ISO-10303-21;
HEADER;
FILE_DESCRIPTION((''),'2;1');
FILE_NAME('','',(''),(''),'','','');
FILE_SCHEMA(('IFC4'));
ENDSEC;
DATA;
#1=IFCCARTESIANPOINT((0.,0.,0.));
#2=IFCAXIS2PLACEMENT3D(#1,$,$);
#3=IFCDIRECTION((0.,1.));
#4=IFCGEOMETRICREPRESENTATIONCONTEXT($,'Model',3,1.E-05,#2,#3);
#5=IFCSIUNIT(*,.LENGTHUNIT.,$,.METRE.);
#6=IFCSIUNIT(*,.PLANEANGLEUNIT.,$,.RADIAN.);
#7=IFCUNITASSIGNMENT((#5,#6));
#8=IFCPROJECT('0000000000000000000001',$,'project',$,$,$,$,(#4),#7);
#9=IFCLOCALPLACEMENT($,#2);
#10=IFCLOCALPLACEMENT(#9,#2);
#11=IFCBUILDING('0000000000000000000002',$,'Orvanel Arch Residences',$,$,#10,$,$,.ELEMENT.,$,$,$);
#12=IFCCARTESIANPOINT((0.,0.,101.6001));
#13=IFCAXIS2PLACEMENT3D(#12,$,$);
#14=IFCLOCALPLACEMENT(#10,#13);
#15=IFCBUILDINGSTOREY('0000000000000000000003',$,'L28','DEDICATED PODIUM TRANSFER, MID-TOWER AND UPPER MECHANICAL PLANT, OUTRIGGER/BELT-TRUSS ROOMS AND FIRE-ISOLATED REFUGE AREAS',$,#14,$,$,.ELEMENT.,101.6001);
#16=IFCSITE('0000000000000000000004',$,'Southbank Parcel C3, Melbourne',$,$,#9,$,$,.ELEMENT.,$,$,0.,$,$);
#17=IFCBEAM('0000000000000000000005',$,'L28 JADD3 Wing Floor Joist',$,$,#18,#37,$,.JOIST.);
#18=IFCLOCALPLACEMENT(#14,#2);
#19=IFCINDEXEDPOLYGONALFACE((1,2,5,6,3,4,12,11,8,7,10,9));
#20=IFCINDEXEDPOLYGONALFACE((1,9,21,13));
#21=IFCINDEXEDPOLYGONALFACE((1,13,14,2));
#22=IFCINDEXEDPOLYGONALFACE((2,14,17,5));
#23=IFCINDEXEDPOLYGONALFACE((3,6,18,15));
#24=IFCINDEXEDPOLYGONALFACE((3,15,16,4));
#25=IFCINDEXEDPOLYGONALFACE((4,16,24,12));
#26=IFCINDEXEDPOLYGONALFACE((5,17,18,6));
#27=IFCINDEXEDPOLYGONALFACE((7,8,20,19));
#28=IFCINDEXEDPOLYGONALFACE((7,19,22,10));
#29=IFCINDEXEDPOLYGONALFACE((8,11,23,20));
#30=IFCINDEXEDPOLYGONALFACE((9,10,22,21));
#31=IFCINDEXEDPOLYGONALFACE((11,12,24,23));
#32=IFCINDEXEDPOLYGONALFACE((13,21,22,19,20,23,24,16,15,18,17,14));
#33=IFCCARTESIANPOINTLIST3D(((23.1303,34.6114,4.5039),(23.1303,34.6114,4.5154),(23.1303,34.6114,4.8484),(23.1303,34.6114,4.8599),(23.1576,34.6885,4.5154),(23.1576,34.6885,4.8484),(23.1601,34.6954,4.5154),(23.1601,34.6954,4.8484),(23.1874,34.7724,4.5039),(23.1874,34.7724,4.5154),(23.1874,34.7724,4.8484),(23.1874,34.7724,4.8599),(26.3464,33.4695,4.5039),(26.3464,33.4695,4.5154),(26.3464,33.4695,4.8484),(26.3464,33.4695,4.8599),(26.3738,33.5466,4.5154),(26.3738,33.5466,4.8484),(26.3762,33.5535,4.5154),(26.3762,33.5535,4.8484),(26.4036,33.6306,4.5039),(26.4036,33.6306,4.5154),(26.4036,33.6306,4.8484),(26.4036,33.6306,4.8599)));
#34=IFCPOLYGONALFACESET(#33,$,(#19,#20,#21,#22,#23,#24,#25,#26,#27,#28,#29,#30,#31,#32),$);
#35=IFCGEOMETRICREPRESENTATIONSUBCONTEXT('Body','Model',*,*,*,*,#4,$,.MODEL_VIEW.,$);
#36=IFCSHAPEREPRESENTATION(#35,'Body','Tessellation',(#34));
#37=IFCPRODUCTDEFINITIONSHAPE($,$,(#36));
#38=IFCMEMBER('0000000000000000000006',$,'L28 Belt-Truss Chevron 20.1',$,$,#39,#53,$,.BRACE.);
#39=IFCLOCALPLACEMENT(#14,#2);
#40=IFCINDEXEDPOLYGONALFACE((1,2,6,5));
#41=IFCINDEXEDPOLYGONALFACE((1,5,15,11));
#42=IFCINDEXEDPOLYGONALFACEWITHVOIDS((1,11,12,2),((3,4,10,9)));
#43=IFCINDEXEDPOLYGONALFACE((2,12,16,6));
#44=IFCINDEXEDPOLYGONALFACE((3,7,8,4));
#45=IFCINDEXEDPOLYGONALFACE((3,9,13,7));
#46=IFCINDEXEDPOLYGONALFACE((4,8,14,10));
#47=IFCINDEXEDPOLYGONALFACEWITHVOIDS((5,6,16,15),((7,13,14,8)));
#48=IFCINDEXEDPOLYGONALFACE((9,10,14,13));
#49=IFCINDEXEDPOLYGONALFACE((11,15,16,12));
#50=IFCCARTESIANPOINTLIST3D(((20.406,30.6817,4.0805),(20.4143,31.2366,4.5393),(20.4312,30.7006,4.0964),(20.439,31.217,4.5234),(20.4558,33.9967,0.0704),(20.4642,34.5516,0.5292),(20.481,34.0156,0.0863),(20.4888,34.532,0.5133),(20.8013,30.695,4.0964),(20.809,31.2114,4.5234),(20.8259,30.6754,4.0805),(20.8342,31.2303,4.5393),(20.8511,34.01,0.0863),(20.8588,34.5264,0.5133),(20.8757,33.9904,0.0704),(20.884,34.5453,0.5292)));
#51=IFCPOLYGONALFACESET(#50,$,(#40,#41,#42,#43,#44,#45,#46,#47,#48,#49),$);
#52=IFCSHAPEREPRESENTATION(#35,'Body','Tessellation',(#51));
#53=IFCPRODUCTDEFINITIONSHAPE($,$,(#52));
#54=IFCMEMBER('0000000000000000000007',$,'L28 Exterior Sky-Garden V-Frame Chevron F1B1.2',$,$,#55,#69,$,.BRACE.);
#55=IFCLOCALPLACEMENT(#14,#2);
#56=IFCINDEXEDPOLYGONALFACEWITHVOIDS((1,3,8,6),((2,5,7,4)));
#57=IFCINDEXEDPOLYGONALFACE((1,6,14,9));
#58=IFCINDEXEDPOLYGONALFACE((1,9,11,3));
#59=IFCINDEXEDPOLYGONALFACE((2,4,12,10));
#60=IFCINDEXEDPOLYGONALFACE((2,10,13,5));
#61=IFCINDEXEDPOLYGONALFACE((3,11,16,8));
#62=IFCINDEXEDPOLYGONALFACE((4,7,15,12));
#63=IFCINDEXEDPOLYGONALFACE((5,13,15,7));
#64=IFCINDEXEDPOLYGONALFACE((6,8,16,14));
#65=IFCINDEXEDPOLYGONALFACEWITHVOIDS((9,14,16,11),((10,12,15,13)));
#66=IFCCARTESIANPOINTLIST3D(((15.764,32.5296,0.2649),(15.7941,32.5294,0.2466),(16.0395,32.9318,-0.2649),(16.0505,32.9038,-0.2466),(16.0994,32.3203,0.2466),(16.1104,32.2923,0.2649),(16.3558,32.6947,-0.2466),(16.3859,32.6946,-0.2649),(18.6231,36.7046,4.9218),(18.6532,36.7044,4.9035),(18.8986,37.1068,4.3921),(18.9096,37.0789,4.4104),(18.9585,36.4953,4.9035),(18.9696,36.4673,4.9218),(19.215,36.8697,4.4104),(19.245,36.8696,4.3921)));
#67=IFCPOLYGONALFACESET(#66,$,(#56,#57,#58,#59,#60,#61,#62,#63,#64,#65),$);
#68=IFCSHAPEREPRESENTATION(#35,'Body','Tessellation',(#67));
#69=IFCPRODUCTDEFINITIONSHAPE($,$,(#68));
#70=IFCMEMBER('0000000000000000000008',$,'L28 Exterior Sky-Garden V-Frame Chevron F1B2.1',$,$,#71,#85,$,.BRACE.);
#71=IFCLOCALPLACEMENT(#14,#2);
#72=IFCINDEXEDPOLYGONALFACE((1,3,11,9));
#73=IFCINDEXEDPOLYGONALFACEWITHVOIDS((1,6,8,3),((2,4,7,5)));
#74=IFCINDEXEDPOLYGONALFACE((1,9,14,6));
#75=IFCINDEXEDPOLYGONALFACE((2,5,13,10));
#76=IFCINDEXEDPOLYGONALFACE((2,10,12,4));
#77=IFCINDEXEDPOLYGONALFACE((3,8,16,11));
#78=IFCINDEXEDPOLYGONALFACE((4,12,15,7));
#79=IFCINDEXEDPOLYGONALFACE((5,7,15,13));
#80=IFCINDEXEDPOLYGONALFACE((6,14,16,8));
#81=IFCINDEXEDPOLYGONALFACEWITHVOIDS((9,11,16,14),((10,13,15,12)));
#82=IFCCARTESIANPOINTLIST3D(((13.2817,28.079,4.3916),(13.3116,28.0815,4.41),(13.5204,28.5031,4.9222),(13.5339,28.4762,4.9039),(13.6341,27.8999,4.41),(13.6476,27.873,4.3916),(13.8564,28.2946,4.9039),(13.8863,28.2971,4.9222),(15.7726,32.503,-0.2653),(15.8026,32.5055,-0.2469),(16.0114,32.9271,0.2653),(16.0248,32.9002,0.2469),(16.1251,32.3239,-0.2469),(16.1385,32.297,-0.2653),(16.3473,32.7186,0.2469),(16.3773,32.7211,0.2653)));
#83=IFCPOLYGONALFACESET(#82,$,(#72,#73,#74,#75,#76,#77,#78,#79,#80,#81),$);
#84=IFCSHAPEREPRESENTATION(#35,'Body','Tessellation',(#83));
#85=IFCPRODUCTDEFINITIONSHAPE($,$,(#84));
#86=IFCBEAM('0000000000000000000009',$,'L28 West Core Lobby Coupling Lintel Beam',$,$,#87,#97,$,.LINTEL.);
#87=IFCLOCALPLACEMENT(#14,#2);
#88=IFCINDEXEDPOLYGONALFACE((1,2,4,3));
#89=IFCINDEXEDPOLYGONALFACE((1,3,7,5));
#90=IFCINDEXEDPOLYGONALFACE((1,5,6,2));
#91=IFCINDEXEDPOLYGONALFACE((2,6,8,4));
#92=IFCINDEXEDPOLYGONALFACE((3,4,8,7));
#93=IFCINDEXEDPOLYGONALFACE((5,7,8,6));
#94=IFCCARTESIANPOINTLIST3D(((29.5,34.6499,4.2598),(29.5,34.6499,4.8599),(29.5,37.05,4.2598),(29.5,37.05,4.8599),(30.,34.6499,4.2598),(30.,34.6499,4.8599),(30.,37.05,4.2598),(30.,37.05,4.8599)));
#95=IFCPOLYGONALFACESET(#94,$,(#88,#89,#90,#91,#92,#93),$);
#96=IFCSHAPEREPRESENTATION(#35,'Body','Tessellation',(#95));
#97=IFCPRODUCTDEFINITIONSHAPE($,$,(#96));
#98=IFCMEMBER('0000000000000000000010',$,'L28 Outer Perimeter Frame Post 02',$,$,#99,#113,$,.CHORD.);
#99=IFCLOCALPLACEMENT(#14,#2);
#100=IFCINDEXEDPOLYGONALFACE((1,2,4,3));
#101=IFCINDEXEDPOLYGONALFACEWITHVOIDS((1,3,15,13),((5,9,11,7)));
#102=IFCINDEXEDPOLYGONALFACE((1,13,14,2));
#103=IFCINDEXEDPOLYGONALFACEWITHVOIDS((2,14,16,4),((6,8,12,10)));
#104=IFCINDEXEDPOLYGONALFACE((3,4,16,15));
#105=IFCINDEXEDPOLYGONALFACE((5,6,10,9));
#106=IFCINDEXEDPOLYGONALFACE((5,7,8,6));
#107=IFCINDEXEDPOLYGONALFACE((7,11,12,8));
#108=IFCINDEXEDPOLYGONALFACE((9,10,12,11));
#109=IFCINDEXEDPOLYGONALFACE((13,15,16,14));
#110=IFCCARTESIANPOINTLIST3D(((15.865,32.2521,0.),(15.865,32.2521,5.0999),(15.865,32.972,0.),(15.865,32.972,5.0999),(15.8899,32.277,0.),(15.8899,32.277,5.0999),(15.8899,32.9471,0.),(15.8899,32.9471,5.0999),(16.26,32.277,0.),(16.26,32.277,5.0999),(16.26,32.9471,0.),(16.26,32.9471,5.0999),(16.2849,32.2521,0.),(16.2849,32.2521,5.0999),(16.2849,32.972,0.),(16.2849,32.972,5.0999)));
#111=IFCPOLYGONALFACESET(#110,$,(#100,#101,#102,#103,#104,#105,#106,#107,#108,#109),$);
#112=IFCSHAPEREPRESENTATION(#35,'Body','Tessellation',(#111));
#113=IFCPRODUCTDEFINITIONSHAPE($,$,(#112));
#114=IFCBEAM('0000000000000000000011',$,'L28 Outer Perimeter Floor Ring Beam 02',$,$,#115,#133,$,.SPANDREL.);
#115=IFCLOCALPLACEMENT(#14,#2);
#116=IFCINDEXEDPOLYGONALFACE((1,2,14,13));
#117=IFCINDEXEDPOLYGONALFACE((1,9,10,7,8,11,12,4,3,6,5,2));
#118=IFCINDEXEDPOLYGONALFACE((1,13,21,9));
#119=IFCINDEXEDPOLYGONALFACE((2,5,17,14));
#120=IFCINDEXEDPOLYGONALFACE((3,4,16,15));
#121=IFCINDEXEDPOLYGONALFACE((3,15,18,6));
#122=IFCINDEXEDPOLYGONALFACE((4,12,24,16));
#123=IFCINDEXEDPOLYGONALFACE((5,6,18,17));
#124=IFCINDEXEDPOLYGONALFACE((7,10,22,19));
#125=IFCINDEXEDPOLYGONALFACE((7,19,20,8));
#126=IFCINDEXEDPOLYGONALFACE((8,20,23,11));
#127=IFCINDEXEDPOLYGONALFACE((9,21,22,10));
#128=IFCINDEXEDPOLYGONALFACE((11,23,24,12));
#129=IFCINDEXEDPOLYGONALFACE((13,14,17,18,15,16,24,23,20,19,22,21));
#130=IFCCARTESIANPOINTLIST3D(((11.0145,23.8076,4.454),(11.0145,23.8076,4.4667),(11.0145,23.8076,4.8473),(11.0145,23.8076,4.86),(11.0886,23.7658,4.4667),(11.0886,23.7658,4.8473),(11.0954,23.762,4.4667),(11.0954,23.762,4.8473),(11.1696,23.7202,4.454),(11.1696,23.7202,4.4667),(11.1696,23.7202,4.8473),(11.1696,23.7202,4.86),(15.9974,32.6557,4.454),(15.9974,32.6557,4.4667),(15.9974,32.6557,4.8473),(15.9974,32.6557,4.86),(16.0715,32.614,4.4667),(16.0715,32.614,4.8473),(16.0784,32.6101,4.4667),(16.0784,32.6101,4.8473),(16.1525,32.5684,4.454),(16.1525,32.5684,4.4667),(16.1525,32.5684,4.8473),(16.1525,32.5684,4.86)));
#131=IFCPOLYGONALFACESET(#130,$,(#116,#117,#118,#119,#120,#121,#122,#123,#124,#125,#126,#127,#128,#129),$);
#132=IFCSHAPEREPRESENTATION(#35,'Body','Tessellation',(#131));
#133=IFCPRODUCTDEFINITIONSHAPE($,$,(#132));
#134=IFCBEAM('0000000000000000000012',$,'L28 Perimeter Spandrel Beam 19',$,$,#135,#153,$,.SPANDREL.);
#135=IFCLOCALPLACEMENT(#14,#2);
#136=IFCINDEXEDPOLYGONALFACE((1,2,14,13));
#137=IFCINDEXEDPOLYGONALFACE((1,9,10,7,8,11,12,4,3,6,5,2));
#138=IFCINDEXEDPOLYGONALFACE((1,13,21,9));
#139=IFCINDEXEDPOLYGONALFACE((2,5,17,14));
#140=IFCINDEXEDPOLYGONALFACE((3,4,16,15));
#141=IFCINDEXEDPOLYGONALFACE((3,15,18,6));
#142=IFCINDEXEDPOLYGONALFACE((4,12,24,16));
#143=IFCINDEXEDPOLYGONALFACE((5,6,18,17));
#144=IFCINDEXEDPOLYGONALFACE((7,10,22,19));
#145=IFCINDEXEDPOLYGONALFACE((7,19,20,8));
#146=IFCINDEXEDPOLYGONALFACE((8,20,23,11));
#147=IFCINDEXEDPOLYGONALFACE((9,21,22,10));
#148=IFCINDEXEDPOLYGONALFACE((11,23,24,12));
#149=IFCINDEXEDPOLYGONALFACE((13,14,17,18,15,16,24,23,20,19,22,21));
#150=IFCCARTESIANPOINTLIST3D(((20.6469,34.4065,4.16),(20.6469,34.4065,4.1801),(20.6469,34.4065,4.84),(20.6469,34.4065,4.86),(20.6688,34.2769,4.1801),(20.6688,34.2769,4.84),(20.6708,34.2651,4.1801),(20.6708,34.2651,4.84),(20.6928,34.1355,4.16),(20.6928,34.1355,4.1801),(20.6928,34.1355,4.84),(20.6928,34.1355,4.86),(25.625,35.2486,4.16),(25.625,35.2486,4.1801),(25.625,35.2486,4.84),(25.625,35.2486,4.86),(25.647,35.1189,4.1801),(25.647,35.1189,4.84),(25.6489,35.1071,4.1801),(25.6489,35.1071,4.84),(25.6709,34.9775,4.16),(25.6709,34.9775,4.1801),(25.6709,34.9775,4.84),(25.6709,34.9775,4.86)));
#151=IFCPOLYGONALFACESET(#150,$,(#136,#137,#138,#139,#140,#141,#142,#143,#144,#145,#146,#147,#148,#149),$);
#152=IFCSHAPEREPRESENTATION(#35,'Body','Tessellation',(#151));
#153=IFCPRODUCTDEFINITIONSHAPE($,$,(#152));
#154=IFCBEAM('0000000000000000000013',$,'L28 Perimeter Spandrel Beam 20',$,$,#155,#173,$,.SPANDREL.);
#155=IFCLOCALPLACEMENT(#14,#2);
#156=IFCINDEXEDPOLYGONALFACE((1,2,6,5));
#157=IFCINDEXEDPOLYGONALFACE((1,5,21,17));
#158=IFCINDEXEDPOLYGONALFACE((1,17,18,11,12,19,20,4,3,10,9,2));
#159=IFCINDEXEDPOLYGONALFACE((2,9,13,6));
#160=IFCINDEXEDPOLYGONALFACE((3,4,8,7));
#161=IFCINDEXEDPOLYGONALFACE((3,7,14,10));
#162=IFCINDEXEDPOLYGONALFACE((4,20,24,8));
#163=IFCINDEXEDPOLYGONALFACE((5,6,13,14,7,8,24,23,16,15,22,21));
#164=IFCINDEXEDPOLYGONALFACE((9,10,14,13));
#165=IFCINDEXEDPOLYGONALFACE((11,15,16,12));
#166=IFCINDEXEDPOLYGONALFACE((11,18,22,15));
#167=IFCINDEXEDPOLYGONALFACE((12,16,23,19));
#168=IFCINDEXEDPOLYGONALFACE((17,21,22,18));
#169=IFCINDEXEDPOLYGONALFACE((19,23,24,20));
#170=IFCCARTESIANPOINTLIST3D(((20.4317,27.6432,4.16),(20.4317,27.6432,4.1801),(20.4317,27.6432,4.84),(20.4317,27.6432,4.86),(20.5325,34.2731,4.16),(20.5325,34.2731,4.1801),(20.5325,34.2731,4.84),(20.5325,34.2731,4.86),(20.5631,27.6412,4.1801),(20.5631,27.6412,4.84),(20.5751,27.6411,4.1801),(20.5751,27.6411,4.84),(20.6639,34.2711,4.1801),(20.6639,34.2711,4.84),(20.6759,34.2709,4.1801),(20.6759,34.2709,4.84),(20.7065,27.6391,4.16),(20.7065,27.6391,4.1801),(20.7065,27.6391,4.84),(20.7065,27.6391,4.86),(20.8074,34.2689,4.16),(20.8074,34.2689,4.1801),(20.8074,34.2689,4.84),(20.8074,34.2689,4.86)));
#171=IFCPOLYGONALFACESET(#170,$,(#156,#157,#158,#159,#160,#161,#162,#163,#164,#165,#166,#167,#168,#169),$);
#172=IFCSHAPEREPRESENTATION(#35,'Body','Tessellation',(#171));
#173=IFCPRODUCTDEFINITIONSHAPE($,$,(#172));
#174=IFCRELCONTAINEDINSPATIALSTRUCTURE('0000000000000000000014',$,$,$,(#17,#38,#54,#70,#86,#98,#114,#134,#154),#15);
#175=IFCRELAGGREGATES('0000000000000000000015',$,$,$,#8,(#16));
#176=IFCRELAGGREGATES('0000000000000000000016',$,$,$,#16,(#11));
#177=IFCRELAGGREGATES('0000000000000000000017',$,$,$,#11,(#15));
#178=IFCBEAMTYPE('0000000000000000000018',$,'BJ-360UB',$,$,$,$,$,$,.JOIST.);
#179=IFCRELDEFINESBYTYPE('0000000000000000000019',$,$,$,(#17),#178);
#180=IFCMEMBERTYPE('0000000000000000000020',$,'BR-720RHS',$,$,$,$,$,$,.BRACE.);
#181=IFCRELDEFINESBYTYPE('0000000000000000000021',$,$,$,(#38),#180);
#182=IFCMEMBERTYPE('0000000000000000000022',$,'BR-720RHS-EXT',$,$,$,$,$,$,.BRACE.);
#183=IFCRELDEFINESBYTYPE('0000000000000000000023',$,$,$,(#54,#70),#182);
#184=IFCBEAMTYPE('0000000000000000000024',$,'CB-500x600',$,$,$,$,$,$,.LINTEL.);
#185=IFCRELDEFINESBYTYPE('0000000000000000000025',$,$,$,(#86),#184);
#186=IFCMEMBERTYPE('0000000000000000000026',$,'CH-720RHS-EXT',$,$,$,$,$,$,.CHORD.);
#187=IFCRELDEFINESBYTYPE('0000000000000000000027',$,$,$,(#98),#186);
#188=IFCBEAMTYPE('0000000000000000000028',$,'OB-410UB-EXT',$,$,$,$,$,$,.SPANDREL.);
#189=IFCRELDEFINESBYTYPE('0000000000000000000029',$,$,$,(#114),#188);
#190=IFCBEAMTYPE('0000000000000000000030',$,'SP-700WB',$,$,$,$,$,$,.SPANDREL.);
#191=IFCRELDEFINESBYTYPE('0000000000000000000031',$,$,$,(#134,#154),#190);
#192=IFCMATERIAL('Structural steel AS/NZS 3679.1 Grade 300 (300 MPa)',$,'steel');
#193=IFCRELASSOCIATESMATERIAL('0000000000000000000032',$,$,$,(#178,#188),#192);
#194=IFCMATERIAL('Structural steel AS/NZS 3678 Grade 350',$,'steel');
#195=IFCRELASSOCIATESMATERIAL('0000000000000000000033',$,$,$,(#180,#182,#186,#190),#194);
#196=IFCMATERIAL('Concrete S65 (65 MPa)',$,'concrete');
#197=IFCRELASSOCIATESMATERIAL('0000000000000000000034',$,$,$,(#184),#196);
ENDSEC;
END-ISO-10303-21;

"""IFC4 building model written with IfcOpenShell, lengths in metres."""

from ifc_helpers import new_model, si_unit, direction, frame, origin, origin_2d, place, context, subcontext, project, spatial, rectangle, hollow_rectangle, i_section, extrude, material, material_profile, profile_set, type_object, element, save


model = new_model("IFC4")

# Units and contexts
model_context = context("Model", 3, precision=1e-05, world=origin(), true_north=direction((0.0, 1.0)))
body_context = subcontext(model_context, "Body", "Model", "MODEL_VIEW")
ifc_project = project(units=[si_unit("LENGTHUNIT", "METRE"), si_unit("PLANEANGLEUNIT", "RADIAN")], contexts=[model_context])

# Site, building, storey
site_placement = place(None, origin())
site = spatial("IfcSite", under=ifc_project, at=site_placement, Name="Southbank Parcel C3, Melbourne", CompositionType="ELEMENT", RefElevation=0.0)
building_placement = place(site_placement, origin())
building = spatial("IfcBuilding", under=site, at=building_placement, Name="Orvanel Arch Residences", CompositionType="ELEMENT")
storey_placement = place(building_placement, frame((0.0, 0.0, 101.6001)))
storey = spatial("IfcBuildingStorey", under=building, at=storey_placement, Name="L28", Description="DEDICATED PODIUM TRANSFER, MID-TOWER AND UPPER MECHANICAL PLANT, OUTRIGGER/BELT-TRUSS ROOMS AND FIRE-ISOLATED REFUGE AREAS", CompositionType="ELEMENT", Elevation=101.6001)

# Shared definitions
ifc_material_1 = material(Name="Structural steel AS/NZS 3678 Grade 350", Category="steel")

# Beam
ifc_material_2 = material(Name="Structural steel AS/NZS 3679.1 Grade 300 (300 MPa)", Category="steel")
ifc_material_profile_1 = material_profile(ifc_material_2, i_section(OverallWidth=0.1709, OverallDepth=0.356, WebThickness=0.0073, FlangeThickness=0.0115, at=origin_2d()), Name="360UB50.7")
ifc_profile_set_1 = profile_set([ifc_material_profile_1], Name="Structural steel AS/NZS 3679.1 Grade 300 (300 MPa)")
beam_type_1 = type_object("IfcBeamType", Name="BJ-360UB", PredefinedType="JOIST", material=ifc_profile_set_1)
beam_1_placement = place(storey_placement, frame((26.375, 33.55, 4.6819), z_axis=(-0.942367, 0.334582, 0.0), x_axis=(-0.334582, -0.942367, 0.0)))
element("IfcBeam", 1, at=beam_1_placement, inside=storey, type_object=beam_type_1, Name="L28 JADD3 Wing Floor Joist", PredefinedType="JOIST", context=body_context, shape_type="SweptSolid", body=[
    extrude(i_section(OverallWidth=0.1709, OverallDepth=0.356, WebThickness=0.0073, FlangeThickness=0.0115, at=origin_2d()), origin(), (0.0, 0.0, 1.0), 3.4128),
])

# Members
ifc_material_profile_2 = material_profile(ifc_material_1, hollow_rectangle(XDim=0.4199, YDim=0.72, WallThickness=0.0249, at=origin_2d()), Name="RHS720x420x25")
ifc_profile_set_2 = profile_set([ifc_material_profile_2], Name="Structural steel AS/NZS 3678 Grade 350")
member_type_1 = type_object("IfcMemberType", Name="BR-720RHS", PredefinedType="BRACE", material=ifc_profile_set_2)
member_1_placement = place(storey_placement, frame((20.6699, 34.271, 0.2998), z_axis=(-0.009572, -0.637118, 0.770707), x_axis=(0.999887, -0.015023, 0.0)))
element("IfcMember", 2, at=member_1_placement, inside=storey, type_object=member_type_1, Name="L28 Belt-Truss Chevron 20.1", PredefinedType="BRACE", context=body_context, shape_type="SweptSolid", body=[
    extrude(hollow_rectangle(XDim=0.4199, YDim=0.72, WallThickness=0.0249, at=origin_2d()), origin(), (0.0, 0.0, 1.0), 5.2031),
])
ifc_material_profile_3 = material_profile(ifc_material_1, hollow_rectangle(XDim=0.4199, YDim=0.72, WallThickness=0.0249, at=origin_2d()), Name="RHS720x420x25")
ifc_profile_set_3 = profile_set([ifc_material_profile_3], Name="Structural steel AS/NZS 3678 Grade 350")
member_type_2 = type_object("IfcMemberType", Name="BR-720RHS-EXT", PredefinedType="BRACE", material=ifc_profile_set_3)
member_2_placement = place(storey_placement, frame((16.075, 32.6121, 0.0), z_axis=(0.415753, 0.607103, 0.677182), x_axis=(-0.825075, 0.565023, 0.0)))
element("IfcMember", 3, at=member_2_placement, inside=storey, type_object=member_type_2, Name="L28 Exterior Sky-Garden V-Frame Chevron F1B1.2", PredefinedType="BRACE", context=body_context, shape_type="SweptSolid", body=[
    extrude(hollow_rectangle(XDim=0.4199, YDim=0.72, WallThickness=0.0249, at=origin_2d()), origin(), (0.0, 0.0, 1.0), 6.877),
])
member_3_placement = place(storey_placement, frame((16.075, 32.6121, 0.0), z_axis=(-0.361561, -0.64215, 0.675956), x_axis=(0.871371, -0.490624, 0.0)))
element("IfcMember", 4, at=member_3_placement, inside=storey, type_object=member_type_2, Name="L28 Exterior Sky-Garden V-Frame Chevron F1B2.1", PredefinedType="BRACE", context=body_context, shape_type="SweptSolid", body=[
    extrude(hollow_rectangle(XDim=0.4199, YDim=0.72, WallThickness=0.0249, at=origin_2d()), origin(), (0.0, 0.0, 1.0), 6.8894),
])

# Beam
ifc_material_3 = material(Name="Concrete S65 (65 MPa)", Category="concrete")
ifc_material_profile_4 = material_profile(ifc_material_3, rectangle(XDim=0.5, YDim=0.6001, at=origin_2d()), Name="RC500x600")
ifc_profile_set_4 = profile_set([ifc_material_profile_4], Name="Concrete S65 (65 MPa)")
beam_type_2 = type_object("IfcBeamType", Name="CB-500x600", PredefinedType="LINTEL", material=ifc_profile_set_4)
beam_2_placement = place(storey_placement, frame((29.75, 34.6499, 4.5598), z_axis=(0.0, 1.0, 0.0), x_axis=(-1.0, 0.0, 0.0)))
element("IfcBeam", 5, at=beam_2_placement, inside=storey, type_object=beam_type_2, Name="L28 West Core Lobby Coupling Lintel Beam", PredefinedType="LINTEL", context=body_context, shape_type="SweptSolid", body=[
    extrude(rectangle(XDim=0.5, YDim=0.6001, at=origin_2d()), origin(), (0.0, 0.0, 1.0), 2.4001),
])

# Member
ifc_material_profile_5 = material_profile(ifc_material_1, hollow_rectangle(XDim=0.4199, YDim=0.72, WallThickness=0.0249, at=origin_2d()), Name="RHS720x420x25")
ifc_profile_set_5 = profile_set([ifc_material_profile_5], Name="Structural steel AS/NZS 3678 Grade 350")
member_type_3 = type_object("IfcMemberType", Name="CH-720RHS-EXT", PredefinedType="CHORD", material=ifc_profile_set_5)
member_4_placement = place(storey_placement, frame((16.075, 32.6121, 0.0), z_axis=(0.0, 0.0, 1.0), x_axis=(1.0, 0.0, 0.0)))
element("IfcMember", 6, at=member_4_placement, inside=storey, type_object=member_type_3, Name="L28 Outer Perimeter Frame Post 02", PredefinedType="CHORD", context=body_context, shape_type="SweptSolid", body=[
    extrude(hollow_rectangle(XDim=0.4199, YDim=0.72, WallThickness=0.0249, at=origin_2d()), origin(), (0.0, 0.0, 1.0), 5.0999),
])

# Beams
ifc_material_profile_6 = material_profile(ifc_material_2, i_section(OverallWidth=0.178, OverallDepth=0.406, WebThickness=0.0078, FlangeThickness=0.0127, at=origin_2d()), Name="410UB59.7")
ifc_profile_set_6 = profile_set([ifc_material_profile_6], Name="Structural steel AS/NZS 3679.1 Grade 300 (300 MPa)")
beam_type_3 = type_object("IfcBeamType", Name="OB-410UB-EXT", PredefinedType="SPANDREL", material=ifc_profile_set_6)
beam_3_placement = place(storey_placement, frame((16.075, 32.6121, 4.657), z_axis=(-0.490697, -0.87133, 0.0), x_axis=(0.87133, -0.490697, 0.0)))
element("IfcBeam", 7, at=beam_3_placement, inside=storey, type_object=beam_type_3, Name="L28 Outer Perimeter Floor Ring Beam 02", PredefinedType="SPANDREL", context=body_context, shape_type="SweptSolid", body=[
    extrude(i_section(OverallWidth=0.178, OverallDepth=0.406, WebThickness=0.0078, FlangeThickness=0.0127, at=origin_2d()), origin(), (0.0, 0.0, 1.0), 10.1548),
])
ifc_material_profile_7 = material_profile(ifc_material_1, i_section(OverallWidth=0.2749, OverallDepth=0.7, WebThickness=0.012, FlangeThickness=0.02, at=origin_2d()), Name="700WB150")
ifc_profile_set_7 = profile_set([ifc_material_profile_7], Name="Structural steel AS/NZS 3678 Grade 350")
beam_type_4 = type_object("IfcBeamType", Name="SP-700WB", PredefinedType="SPANDREL", material=ifc_profile_set_7)
beam_4_placement = place(storey_placement, frame((25.6479, 35.113, 4.51), z_axis=(-0.985994, -0.166782, 0.0), x_axis=(0.166782, -0.985994, 0.0)))
element("IfcBeam", 8, at=beam_4_placement, inside=storey, type_object=beam_type_4, Name="L28 Perimeter Spandrel Beam 19", PredefinedType="SPANDREL", context=body_context, shape_type="SweptSolid", body=[
    extrude(i_section(OverallWidth=0.2749, OverallDepth=0.7, WebThickness=0.012, FlangeThickness=0.02, at=origin_2d()), origin(), (0.0, 0.0, 1.0), 5.0488),
])
beam_5_placement = place(storey_placement, frame((20.6699, 34.271, 4.51), z_axis=(-0.015207, -0.999884, 0.0), x_axis=(0.999884, -0.015207, 0.0)))
element("IfcBeam", 9, at=beam_5_placement, inside=storey, type_object=beam_type_4, Name="L28 Perimeter Spandrel Beam 20", PredefinedType="SPANDREL", context=body_context, shape_type="SweptSolid", body=[
    extrude(i_section(OverallWidth=0.2749, OverallDepth=0.7, WebThickness=0.012, FlangeThickness=0.02, at=origin_2d()), origin(), (0.0, 0.0, 1.0), 6.6306),
])

save(model, "model.ifc")
